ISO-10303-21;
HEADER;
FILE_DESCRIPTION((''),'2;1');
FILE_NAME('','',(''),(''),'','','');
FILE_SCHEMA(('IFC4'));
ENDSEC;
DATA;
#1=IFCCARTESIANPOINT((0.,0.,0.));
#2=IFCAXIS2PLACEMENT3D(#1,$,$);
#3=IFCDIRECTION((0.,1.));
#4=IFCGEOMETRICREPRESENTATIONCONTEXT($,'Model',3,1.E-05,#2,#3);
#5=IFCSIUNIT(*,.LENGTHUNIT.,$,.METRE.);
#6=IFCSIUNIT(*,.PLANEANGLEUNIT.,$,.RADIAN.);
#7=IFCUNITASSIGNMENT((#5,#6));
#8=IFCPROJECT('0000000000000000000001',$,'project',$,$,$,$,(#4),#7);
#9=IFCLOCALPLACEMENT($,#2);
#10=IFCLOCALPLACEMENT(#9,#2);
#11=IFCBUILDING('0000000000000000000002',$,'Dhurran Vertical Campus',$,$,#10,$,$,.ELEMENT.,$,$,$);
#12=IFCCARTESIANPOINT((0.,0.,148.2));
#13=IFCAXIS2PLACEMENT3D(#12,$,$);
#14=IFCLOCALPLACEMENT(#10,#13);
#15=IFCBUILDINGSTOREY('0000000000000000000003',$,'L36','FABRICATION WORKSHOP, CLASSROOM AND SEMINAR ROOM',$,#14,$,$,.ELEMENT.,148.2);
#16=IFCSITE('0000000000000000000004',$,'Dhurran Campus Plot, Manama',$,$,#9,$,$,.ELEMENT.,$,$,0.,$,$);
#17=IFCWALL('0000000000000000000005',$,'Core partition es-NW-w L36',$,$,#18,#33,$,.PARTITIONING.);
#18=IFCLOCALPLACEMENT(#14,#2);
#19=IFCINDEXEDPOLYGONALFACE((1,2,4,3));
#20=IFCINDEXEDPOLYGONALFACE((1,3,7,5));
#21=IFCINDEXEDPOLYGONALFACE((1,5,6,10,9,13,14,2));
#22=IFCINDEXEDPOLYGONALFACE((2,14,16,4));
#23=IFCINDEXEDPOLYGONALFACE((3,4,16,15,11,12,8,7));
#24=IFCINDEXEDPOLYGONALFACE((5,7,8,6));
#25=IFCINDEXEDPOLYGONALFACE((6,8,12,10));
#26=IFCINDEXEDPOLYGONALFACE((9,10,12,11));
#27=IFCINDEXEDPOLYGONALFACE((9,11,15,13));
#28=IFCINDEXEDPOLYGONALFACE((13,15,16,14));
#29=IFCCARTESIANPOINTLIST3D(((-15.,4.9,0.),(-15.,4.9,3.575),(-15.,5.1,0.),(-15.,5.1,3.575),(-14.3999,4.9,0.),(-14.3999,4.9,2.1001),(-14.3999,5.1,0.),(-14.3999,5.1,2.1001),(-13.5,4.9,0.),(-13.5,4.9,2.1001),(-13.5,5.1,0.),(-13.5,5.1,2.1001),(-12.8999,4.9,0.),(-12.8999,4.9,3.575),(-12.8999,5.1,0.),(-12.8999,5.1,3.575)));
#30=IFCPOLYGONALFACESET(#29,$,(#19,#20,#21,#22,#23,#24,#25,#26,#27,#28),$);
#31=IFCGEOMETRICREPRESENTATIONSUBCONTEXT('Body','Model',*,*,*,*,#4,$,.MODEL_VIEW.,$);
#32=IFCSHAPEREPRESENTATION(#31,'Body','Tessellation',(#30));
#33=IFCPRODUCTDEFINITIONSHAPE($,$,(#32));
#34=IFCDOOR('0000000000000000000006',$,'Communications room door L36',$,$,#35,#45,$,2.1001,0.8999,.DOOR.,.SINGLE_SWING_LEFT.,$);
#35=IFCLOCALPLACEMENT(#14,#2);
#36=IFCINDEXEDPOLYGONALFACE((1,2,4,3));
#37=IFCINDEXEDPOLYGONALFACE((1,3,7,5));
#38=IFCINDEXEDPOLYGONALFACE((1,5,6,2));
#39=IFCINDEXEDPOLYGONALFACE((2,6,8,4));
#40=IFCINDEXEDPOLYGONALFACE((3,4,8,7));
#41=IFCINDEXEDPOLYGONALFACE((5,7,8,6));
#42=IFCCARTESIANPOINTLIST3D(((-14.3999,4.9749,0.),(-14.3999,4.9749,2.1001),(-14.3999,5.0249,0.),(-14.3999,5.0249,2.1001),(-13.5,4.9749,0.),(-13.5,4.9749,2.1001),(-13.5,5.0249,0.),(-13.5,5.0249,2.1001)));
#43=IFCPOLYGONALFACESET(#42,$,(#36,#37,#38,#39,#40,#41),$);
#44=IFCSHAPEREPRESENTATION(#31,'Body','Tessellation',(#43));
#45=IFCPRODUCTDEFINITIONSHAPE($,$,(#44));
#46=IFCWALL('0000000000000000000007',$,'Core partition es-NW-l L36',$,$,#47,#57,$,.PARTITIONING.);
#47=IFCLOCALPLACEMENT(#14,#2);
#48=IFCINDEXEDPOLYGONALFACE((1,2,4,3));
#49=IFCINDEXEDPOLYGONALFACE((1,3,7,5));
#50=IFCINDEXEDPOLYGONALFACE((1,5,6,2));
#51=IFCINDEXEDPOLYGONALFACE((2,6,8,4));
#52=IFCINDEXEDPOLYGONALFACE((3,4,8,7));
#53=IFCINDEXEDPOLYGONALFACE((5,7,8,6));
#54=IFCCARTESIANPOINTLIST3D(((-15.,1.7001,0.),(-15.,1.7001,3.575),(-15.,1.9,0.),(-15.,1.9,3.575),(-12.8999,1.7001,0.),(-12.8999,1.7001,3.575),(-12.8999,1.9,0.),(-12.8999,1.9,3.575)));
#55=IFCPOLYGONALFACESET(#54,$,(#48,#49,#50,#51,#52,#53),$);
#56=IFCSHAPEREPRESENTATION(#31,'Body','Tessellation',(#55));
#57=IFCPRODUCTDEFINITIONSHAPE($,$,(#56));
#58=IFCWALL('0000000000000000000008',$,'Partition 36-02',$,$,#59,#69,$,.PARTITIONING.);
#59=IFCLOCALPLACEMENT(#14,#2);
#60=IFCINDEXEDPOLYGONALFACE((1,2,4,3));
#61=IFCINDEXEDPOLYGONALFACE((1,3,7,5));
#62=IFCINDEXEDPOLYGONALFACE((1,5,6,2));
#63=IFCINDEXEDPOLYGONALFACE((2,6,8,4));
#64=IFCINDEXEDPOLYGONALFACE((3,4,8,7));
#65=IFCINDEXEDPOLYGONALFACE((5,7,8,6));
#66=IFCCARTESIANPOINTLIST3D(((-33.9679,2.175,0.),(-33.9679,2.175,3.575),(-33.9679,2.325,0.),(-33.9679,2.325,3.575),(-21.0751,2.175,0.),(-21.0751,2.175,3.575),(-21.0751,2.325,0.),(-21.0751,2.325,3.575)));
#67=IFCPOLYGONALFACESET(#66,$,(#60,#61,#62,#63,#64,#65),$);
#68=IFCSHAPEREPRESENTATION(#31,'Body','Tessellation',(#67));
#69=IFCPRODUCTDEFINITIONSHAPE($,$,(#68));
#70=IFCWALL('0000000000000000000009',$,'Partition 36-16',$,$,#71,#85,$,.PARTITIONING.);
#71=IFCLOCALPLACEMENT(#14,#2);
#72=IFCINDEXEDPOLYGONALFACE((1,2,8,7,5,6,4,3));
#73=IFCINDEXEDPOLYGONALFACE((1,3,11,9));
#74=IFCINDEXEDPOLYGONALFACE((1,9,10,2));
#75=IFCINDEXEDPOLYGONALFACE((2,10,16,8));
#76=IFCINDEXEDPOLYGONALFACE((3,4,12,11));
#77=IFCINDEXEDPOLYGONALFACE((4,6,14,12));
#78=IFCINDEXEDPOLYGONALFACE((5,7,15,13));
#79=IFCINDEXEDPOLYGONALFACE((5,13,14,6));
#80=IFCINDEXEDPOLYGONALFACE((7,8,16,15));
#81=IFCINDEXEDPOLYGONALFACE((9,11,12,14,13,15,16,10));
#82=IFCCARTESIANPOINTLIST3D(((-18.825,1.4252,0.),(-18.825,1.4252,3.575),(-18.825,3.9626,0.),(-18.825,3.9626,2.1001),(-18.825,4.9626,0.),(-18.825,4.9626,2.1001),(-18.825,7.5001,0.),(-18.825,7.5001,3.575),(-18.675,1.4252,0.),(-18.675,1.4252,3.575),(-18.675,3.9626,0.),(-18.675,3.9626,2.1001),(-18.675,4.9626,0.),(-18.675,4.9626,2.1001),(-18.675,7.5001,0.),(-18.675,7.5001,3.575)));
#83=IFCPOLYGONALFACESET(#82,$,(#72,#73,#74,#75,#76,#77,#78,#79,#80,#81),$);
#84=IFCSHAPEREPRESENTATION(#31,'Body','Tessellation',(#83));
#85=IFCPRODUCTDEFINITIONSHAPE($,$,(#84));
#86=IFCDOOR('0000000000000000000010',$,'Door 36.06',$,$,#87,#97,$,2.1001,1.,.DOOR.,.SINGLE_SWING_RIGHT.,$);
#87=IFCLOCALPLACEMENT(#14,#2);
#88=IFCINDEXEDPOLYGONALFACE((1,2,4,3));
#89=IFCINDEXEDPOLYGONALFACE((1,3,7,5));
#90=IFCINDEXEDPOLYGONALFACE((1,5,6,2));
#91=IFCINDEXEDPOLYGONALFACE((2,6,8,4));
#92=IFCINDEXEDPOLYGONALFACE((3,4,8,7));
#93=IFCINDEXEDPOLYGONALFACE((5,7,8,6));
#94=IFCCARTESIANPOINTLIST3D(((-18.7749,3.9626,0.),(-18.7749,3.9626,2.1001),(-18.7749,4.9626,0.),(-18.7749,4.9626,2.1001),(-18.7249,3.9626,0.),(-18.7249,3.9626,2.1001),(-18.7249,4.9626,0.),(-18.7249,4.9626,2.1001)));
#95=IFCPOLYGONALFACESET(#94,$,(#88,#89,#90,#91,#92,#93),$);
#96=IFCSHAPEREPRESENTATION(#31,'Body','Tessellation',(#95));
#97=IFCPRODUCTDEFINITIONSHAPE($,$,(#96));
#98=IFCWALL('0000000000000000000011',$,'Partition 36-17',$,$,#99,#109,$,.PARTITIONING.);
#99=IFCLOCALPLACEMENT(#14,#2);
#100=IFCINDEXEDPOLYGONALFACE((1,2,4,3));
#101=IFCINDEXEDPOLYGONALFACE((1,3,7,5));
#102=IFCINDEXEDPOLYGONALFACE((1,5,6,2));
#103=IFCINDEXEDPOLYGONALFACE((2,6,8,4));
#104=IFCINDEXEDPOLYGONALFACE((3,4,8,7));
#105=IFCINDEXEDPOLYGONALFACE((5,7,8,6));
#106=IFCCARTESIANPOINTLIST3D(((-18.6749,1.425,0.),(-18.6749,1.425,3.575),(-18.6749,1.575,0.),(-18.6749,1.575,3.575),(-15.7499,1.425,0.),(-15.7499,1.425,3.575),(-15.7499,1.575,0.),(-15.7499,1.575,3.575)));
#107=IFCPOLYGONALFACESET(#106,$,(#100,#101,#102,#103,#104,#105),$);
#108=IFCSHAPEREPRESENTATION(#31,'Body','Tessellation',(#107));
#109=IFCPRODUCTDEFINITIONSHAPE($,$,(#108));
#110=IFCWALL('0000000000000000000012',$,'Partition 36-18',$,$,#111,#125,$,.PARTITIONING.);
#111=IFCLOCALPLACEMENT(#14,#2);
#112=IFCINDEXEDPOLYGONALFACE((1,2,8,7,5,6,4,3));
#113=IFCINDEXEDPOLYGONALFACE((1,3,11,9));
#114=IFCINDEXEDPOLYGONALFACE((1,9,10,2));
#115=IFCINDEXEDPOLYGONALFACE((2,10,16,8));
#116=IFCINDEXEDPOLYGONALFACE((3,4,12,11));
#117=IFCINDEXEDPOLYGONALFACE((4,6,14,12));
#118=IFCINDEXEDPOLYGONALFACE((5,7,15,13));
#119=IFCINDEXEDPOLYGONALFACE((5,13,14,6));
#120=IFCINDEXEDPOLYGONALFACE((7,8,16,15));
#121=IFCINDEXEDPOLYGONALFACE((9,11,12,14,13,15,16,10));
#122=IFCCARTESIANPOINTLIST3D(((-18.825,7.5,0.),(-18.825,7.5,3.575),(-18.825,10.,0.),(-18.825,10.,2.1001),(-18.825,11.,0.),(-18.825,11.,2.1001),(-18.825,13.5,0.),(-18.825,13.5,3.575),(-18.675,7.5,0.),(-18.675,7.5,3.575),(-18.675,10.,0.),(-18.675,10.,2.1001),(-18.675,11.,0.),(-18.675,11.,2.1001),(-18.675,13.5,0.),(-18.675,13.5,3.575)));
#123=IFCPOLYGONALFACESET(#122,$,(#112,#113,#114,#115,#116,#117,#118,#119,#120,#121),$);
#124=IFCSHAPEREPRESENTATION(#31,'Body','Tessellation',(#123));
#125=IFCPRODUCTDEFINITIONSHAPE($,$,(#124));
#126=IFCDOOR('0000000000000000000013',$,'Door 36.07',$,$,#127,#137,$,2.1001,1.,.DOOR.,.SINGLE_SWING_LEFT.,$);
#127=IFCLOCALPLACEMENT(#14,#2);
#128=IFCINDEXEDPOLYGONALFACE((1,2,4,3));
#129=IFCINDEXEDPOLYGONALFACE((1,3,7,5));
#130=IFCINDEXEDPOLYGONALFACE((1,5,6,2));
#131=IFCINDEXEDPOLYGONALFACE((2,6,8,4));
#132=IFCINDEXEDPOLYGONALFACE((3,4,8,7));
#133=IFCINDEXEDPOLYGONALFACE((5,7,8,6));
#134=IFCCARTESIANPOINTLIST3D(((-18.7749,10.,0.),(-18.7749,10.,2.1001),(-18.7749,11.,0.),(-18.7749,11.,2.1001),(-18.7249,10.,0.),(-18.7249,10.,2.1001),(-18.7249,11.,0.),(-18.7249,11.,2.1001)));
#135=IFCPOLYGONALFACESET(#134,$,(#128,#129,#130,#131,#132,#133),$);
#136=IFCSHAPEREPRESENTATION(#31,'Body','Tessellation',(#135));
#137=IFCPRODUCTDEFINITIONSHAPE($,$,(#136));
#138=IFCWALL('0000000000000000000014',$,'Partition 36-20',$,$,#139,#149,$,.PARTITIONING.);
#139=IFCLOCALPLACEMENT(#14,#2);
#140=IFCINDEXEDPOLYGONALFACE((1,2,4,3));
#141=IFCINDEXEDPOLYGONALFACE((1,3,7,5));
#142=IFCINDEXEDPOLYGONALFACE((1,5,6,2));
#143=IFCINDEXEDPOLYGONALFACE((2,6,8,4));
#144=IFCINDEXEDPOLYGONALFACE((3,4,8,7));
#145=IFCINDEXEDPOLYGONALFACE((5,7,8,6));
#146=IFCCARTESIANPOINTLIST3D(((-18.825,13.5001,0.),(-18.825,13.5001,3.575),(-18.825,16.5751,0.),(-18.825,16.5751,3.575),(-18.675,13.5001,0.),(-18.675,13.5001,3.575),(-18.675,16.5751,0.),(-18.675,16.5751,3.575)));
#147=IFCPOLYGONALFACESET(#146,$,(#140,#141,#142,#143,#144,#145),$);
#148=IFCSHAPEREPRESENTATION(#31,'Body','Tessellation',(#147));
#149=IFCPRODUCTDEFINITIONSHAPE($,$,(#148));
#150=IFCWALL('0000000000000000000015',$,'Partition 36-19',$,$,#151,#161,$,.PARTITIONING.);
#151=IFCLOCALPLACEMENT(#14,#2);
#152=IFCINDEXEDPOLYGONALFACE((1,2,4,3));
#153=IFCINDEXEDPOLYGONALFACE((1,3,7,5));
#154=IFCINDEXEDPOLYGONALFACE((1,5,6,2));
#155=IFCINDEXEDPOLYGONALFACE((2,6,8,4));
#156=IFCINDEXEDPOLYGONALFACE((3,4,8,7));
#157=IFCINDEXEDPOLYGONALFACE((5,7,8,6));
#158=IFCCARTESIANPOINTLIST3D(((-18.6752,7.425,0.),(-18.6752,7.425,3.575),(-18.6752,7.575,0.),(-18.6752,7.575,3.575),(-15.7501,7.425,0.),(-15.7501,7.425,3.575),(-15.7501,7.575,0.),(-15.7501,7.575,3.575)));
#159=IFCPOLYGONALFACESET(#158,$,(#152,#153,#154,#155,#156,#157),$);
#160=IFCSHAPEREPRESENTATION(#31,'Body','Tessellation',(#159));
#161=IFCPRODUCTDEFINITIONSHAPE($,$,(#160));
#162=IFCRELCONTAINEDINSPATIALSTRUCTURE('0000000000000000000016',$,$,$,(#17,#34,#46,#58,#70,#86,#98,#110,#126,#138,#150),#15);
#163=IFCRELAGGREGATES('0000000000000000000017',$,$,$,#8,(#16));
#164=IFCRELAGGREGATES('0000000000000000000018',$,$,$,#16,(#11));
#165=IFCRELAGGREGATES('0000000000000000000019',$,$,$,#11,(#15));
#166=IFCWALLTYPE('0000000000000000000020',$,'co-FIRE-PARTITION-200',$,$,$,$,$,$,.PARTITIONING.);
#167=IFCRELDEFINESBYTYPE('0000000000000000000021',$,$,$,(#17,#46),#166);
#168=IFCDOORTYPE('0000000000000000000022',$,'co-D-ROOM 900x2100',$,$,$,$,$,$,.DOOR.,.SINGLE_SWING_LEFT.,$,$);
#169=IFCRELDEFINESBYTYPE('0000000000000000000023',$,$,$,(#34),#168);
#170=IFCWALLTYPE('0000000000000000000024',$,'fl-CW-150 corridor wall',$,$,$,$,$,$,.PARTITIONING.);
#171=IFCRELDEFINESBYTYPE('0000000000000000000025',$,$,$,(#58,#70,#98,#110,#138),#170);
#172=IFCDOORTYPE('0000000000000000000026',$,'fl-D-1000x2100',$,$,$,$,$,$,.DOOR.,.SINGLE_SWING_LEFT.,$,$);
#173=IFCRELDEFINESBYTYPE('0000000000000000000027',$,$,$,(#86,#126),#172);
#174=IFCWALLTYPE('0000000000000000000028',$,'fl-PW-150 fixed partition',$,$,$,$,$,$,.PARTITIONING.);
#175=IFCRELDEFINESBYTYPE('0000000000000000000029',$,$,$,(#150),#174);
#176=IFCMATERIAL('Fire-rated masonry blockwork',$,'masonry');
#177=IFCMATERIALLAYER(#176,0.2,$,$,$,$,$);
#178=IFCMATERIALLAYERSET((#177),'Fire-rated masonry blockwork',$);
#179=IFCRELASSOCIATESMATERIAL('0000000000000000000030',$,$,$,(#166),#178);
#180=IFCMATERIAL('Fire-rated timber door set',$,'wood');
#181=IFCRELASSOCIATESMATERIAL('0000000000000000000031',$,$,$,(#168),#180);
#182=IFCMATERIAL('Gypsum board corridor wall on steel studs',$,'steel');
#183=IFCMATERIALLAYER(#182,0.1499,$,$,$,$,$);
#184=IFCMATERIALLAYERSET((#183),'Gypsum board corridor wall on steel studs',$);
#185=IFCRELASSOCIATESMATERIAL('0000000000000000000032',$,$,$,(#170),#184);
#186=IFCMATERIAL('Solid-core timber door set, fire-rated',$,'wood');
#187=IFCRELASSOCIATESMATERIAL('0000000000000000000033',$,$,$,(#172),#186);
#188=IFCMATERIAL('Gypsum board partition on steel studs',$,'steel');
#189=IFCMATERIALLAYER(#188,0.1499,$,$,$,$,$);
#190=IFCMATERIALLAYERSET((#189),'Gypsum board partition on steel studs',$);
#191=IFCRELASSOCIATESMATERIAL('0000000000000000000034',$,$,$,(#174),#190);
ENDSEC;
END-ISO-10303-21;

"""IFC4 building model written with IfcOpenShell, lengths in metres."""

from ifc_helpers import new_model, si_unit, direction, frame, frame_2d, origin, place, context, subcontext, project, spatial, rectangle, extrude, material, layer, layer_set, type_object, element, fill, save


model = new_model("IFC4")

# Units and contexts
model_context = context("Model", 3, precision=1e-05, world=origin(), true_north=direction((0.0, 1.0)))
body_context = subcontext(model_context, "Body", "Model", "MODEL_VIEW")
ifc_project = project(units=[si_unit("LENGTHUNIT", "METRE"), si_unit("PLANEANGLEUNIT", "RADIAN")], contexts=[model_context])

# Site, building, storey
site_placement = place(None, origin())
site = spatial("IfcSite", under=ifc_project, at=site_placement, Name="Dhurran Campus Plot, Manama", CompositionType="ELEMENT", RefElevation=0.0)
building_placement = place(site_placement, origin())
building = spatial("IfcBuilding", under=site, at=building_placement, Name="Dhurran Vertical Campus", CompositionType="ELEMENT")
storey_placement = place(building_placement, frame((0.0, 0.0, 148.2)))
storey = spatial("IfcBuildingStorey", under=building, at=storey_placement, Name="L36", Description="FABRICATION WORKSHOP, CLASSROOM AND SEMINAR ROOM", CompositionType="ELEMENT", Elevation=148.2)

# Wall, opening, door
ifc_material_1 = material(Name="Fire-rated masonry blockwork", Category="masonry")
ifc_layer_1 = layer(ifc_material_1, 0.2)
ifc_layer_set_1 = layer_set([ifc_layer_1], Name="Fire-rated masonry blockwork")
wall_type_1 = type_object("IfcWallType", Name="co-FIRE-PARTITION-200", PredefinedType="PARTITIONING", material=ifc_layer_set_1)
ifc_material_2 = material(Name="Fire-rated timber door set", Category="wood")
door_type_1 = type_object("IfcDoorType", Name="co-D-ROOM 900x2100", OperationType="SINGLE_SWING_LEFT", PredefinedType="DOOR", material=ifc_material_2)
wall_1_placement = place(storey_placement, frame((-15.0, 5.0, 0.0), z_axis=(0.0, 0.0, 1.0), x_axis=(1.0, 0.0, 0.0)))
wall_1 = element("IfcWall", 1, at=wall_1_placement, inside=storey, type_object=wall_type_1, Name="Core partition es-NW-w L36", PredefinedType="PARTITIONING", context=body_context, shape_type="SweptSolid", body=[
    extrude(rectangle(XDim=2.1001, YDim=0.2, at=frame_2d((1.05, 0.0))), origin(), (0.0, 0.0, 1.0), 3.575),
])
opening_1_placement = place(wall_1_placement, frame((0.6001, 0.0, 0.0)))
opening_1 = element("IfcOpeningElement", 2, at=opening_1_placement, cuts=wall_1, PredefinedType="OPENING", context=body_context, shape_type="SweptSolid", body=[
    extrude(rectangle(XDim=0.8999, YDim=2.1001, at=frame_2d((0.45, 1.05))), frame((0.0, 0.1099, 0.0), z_axis=(0.0, -1.0, 0.0), x_axis=(1.0, 0.0, 0.0)), (0.0, 0.0, 1.0), 0.22),
])
door_1_placement = place(opening_1_placement, origin())
door_1 = element("IfcDoor", 3, at=door_1_placement, inside=storey, type_object=door_type_1, Name="Communications room door L36", OperationType="SINGLE_SWING_LEFT", OverallHeight=2.1001, OverallWidth=0.8999, PredefinedType="DOOR", context=body_context, shape_type="SweptSolid", body=[
    extrude(rectangle(XDim=0.8999, YDim=2.1001, at=frame_2d((0.45, 1.05))), frame((0.0, 0.0249, 0.0), z_axis=(0.0, -1.0, 0.0), x_axis=(1.0, 0.0, 0.0)), (0.0, 0.0, 1.0), 0.05),
])
fill(opening_1, door_1)

# Walls
wall_2_placement = place(storey_placement, frame((-15.0, 1.8, 0.0), z_axis=(0.0, 0.0, 1.0), x_axis=(1.0, 0.0, 0.0)))
element("IfcWall", 4, at=wall_2_placement, inside=storey, type_object=wall_type_1, Name="Core partition es-NW-l L36", PredefinedType="PARTITIONING", context=body_context, shape_type="SweptSolid", body=[
    extrude(rectangle(XDim=2.1001, YDim=0.2, at=frame_2d((1.05, 0.0))), origin(), (0.0, 0.0, 1.0), 3.575),
])
ifc_material_3 = material(Name="Gypsum board corridor wall on steel studs", Category="steel")
ifc_layer_2 = layer(ifc_material_3, 0.1499)
ifc_layer_set_2 = layer_set([ifc_layer_2], Name="Gypsum board corridor wall on steel studs")
wall_type_2 = type_object("IfcWallType", Name="fl-CW-150 corridor wall", PredefinedType="PARTITIONING", material=ifc_layer_set_2)
wall_3_placement = place(storey_placement, frame((-33.9678, 2.25, 0.0), z_axis=(0.0, 0.0, 1.0), x_axis=(1.0, 0.0, 0.0)))
element("IfcWall", 5, at=wall_3_placement, inside=storey, type_object=wall_type_2, Name="Partition 36-02", PredefinedType="PARTITIONING", context=body_context, shape_type="SweptSolid", body=[
    extrude(rectangle(XDim=12.8928, YDim=0.1499, at=frame_2d((6.4463, 0.0))), origin(), (0.0, 0.0, 1.0), 3.575),
])

# Wall, opening, door
wall_4_placement = place(storey_placement, frame((-18.75, 1.425, 0.0), z_axis=(0.0, 0.0, 1.0), x_axis=(0.0, 1.0, 0.0)))
wall_4 = element("IfcWall", 6, at=wall_4_placement, inside=storey, type_object=wall_type_2, Name="Partition 36-16", PredefinedType="PARTITIONING", context=body_context, shape_type="SweptSolid", body=[
    extrude(rectangle(XDim=6.075, YDim=0.1499, at=frame_2d((3.0376, 0.0))), origin(), (0.0, 0.0, 1.0), 3.575),
])
opening_2_placement = place(wall_4_placement, frame((2.5376, 0.0, 0.0)))
opening_2 = element("IfcOpeningElement", 7, at=opening_2_placement, cuts=wall_4, PredefinedType="OPENING", context=body_context, shape_type="SweptSolid", body=[
    extrude(rectangle(XDim=1.0, YDim=2.1001, at=frame_2d((0.5, 1.05))), frame((0.0, 0.085, 0.0), z_axis=(0.0, -1.0, 0.0), x_axis=(1.0, 0.0, 0.0)), (0.0, 0.0, 1.0), 0.1699),
])
ifc_material_4 = material(Name="Solid-core timber door set, fire-rated", Category="wood")
door_type_2 = type_object("IfcDoorType", Name="fl-D-1000x2100", OperationType="SINGLE_SWING_LEFT", PredefinedType="DOOR", material=ifc_material_4)
door_2_placement = place(opening_2_placement, origin())
door_2 = element("IfcDoor", 8, at=door_2_placement, inside=storey, type_object=door_type_2, Name="Door 36.06", OperationType="SINGLE_SWING_RIGHT", OverallHeight=2.1001, OverallWidth=1.0, PredefinedType="DOOR", context=body_context, shape_type="SweptSolid", body=[
    extrude(rectangle(XDim=1.0, YDim=2.1001, at=frame_2d((0.5, 1.05))), frame((0.0, 0.0249, 0.0), z_axis=(0.0, -1.0, 0.0), x_axis=(1.0, 0.0, 0.0)), (0.0, 0.0, 1.0), 0.05),
])
fill(opening_2, door_2)

# Wall
wall_5_placement = place(storey_placement, frame((-15.75, 1.5, 0.0), z_axis=(0.0, 0.0, 1.0), x_axis=(-1.0, 0.0, 0.0)))
element("IfcWall", 9, at=wall_5_placement, inside=storey, type_object=wall_type_2, Name="Partition 36-17", PredefinedType="PARTITIONING", context=body_context, shape_type="SweptSolid", body=[
    extrude(rectangle(XDim=2.925, YDim=0.1499, at=frame_2d((1.4624, 0.0))), origin(), (0.0, 0.0, 1.0), 3.575),
])

# Wall, opening, door
wall_6_placement = place(storey_placement, frame((-18.75, 7.5, 0.0), z_axis=(0.0, 0.0, 1.0), x_axis=(0.0, 1.0, 0.0)))
wall_6 = element("IfcWall", 10, at=wall_6_placement, inside=storey, type_object=wall_type_2, Name="Partition 36-18", PredefinedType="PARTITIONING", context=body_context, shape_type="SweptSolid", body=[
    extrude(rectangle(XDim=6.0, YDim=0.1499, at=frame_2d((3.0, 0.0))), origin(), (0.0, 0.0, 1.0), 3.575),
])
opening_3_placement = place(wall_6_placement, frame((2.5, 0.0, 0.0)))
opening_3 = element("IfcOpeningElement", 11, at=opening_3_placement, cuts=wall_6, PredefinedType="OPENING", context=body_context, shape_type="SweptSolid", body=[
    extrude(rectangle(XDim=1.0, YDim=2.1001, at=frame_2d((0.5, 1.05))), frame((0.0, 0.085, 0.0), z_axis=(0.0, -1.0, 0.0), x_axis=(1.0, 0.0, 0.0)), (0.0, 0.0, 1.0), 0.1699),
])
door_3_placement = place(opening_3_placement, origin())
door_3 = element("IfcDoor", 12, at=door_3_placement, inside=storey, type_object=door_type_2, Name="Door 36.07", OperationType="SINGLE_SWING_LEFT", OverallHeight=2.1001, OverallWidth=1.0, PredefinedType="DOOR", context=body_context, shape_type="SweptSolid", body=[
    extrude(rectangle(XDim=1.0, YDim=2.1001, at=frame_2d((0.5, 1.05))), frame((0.0, 0.0249, 0.0), z_axis=(0.0, -1.0, 0.0), x_axis=(1.0, 0.0, 0.0)), (0.0, 0.0, 1.0), 0.05),
])
fill(opening_3, door_3)

# Walls
wall_7_placement = place(storey_placement, frame((-18.75, 13.5, 0.0), z_axis=(0.0, 0.0, 1.0), x_axis=(0.0, 1.0, 0.0)))
element("IfcWall", 13, at=wall_7_placement, inside=storey, type_object=wall_type_2, Name="Partition 36-20", PredefinedType="PARTITIONING", context=body_context, shape_type="SweptSolid", body=[
    extrude(rectangle(XDim=3.075, YDim=0.1499, at=frame_2d((1.5376, 0.0))), origin(), (0.0, 0.0, 1.0), 3.575),
])
ifc_material_5 = material(Name="Gypsum board partition on steel studs", Category="steel")
ifc_layer_3 = layer(ifc_material_5, 0.1499)
ifc_layer_set_3 = layer_set([ifc_layer_3], Name="Gypsum board partition on steel studs")
wall_type_3 = type_object("IfcWallType", Name="fl-PW-150 fixed partition", PredefinedType="PARTITIONING", material=ifc_layer_set_3)
wall_8_placement = place(storey_placement, frame((-18.675, 7.5, 0.0), z_axis=(0.0, 0.0, 1.0), x_axis=(1.0, 0.0, 0.0)))
element("IfcWall", 14, at=wall_8_placement, inside=storey, type_object=wall_type_3, Name="Partition 36-19", PredefinedType="PARTITIONING", context=body_context, shape_type="SweptSolid", body=[
    extrude(rectangle(XDim=2.925, YDim=0.1499, at=frame_2d((1.4624, 0.0))), origin(), (0.0, 0.0, 1.0), 3.575),
])

save(model, "model.ifc")
